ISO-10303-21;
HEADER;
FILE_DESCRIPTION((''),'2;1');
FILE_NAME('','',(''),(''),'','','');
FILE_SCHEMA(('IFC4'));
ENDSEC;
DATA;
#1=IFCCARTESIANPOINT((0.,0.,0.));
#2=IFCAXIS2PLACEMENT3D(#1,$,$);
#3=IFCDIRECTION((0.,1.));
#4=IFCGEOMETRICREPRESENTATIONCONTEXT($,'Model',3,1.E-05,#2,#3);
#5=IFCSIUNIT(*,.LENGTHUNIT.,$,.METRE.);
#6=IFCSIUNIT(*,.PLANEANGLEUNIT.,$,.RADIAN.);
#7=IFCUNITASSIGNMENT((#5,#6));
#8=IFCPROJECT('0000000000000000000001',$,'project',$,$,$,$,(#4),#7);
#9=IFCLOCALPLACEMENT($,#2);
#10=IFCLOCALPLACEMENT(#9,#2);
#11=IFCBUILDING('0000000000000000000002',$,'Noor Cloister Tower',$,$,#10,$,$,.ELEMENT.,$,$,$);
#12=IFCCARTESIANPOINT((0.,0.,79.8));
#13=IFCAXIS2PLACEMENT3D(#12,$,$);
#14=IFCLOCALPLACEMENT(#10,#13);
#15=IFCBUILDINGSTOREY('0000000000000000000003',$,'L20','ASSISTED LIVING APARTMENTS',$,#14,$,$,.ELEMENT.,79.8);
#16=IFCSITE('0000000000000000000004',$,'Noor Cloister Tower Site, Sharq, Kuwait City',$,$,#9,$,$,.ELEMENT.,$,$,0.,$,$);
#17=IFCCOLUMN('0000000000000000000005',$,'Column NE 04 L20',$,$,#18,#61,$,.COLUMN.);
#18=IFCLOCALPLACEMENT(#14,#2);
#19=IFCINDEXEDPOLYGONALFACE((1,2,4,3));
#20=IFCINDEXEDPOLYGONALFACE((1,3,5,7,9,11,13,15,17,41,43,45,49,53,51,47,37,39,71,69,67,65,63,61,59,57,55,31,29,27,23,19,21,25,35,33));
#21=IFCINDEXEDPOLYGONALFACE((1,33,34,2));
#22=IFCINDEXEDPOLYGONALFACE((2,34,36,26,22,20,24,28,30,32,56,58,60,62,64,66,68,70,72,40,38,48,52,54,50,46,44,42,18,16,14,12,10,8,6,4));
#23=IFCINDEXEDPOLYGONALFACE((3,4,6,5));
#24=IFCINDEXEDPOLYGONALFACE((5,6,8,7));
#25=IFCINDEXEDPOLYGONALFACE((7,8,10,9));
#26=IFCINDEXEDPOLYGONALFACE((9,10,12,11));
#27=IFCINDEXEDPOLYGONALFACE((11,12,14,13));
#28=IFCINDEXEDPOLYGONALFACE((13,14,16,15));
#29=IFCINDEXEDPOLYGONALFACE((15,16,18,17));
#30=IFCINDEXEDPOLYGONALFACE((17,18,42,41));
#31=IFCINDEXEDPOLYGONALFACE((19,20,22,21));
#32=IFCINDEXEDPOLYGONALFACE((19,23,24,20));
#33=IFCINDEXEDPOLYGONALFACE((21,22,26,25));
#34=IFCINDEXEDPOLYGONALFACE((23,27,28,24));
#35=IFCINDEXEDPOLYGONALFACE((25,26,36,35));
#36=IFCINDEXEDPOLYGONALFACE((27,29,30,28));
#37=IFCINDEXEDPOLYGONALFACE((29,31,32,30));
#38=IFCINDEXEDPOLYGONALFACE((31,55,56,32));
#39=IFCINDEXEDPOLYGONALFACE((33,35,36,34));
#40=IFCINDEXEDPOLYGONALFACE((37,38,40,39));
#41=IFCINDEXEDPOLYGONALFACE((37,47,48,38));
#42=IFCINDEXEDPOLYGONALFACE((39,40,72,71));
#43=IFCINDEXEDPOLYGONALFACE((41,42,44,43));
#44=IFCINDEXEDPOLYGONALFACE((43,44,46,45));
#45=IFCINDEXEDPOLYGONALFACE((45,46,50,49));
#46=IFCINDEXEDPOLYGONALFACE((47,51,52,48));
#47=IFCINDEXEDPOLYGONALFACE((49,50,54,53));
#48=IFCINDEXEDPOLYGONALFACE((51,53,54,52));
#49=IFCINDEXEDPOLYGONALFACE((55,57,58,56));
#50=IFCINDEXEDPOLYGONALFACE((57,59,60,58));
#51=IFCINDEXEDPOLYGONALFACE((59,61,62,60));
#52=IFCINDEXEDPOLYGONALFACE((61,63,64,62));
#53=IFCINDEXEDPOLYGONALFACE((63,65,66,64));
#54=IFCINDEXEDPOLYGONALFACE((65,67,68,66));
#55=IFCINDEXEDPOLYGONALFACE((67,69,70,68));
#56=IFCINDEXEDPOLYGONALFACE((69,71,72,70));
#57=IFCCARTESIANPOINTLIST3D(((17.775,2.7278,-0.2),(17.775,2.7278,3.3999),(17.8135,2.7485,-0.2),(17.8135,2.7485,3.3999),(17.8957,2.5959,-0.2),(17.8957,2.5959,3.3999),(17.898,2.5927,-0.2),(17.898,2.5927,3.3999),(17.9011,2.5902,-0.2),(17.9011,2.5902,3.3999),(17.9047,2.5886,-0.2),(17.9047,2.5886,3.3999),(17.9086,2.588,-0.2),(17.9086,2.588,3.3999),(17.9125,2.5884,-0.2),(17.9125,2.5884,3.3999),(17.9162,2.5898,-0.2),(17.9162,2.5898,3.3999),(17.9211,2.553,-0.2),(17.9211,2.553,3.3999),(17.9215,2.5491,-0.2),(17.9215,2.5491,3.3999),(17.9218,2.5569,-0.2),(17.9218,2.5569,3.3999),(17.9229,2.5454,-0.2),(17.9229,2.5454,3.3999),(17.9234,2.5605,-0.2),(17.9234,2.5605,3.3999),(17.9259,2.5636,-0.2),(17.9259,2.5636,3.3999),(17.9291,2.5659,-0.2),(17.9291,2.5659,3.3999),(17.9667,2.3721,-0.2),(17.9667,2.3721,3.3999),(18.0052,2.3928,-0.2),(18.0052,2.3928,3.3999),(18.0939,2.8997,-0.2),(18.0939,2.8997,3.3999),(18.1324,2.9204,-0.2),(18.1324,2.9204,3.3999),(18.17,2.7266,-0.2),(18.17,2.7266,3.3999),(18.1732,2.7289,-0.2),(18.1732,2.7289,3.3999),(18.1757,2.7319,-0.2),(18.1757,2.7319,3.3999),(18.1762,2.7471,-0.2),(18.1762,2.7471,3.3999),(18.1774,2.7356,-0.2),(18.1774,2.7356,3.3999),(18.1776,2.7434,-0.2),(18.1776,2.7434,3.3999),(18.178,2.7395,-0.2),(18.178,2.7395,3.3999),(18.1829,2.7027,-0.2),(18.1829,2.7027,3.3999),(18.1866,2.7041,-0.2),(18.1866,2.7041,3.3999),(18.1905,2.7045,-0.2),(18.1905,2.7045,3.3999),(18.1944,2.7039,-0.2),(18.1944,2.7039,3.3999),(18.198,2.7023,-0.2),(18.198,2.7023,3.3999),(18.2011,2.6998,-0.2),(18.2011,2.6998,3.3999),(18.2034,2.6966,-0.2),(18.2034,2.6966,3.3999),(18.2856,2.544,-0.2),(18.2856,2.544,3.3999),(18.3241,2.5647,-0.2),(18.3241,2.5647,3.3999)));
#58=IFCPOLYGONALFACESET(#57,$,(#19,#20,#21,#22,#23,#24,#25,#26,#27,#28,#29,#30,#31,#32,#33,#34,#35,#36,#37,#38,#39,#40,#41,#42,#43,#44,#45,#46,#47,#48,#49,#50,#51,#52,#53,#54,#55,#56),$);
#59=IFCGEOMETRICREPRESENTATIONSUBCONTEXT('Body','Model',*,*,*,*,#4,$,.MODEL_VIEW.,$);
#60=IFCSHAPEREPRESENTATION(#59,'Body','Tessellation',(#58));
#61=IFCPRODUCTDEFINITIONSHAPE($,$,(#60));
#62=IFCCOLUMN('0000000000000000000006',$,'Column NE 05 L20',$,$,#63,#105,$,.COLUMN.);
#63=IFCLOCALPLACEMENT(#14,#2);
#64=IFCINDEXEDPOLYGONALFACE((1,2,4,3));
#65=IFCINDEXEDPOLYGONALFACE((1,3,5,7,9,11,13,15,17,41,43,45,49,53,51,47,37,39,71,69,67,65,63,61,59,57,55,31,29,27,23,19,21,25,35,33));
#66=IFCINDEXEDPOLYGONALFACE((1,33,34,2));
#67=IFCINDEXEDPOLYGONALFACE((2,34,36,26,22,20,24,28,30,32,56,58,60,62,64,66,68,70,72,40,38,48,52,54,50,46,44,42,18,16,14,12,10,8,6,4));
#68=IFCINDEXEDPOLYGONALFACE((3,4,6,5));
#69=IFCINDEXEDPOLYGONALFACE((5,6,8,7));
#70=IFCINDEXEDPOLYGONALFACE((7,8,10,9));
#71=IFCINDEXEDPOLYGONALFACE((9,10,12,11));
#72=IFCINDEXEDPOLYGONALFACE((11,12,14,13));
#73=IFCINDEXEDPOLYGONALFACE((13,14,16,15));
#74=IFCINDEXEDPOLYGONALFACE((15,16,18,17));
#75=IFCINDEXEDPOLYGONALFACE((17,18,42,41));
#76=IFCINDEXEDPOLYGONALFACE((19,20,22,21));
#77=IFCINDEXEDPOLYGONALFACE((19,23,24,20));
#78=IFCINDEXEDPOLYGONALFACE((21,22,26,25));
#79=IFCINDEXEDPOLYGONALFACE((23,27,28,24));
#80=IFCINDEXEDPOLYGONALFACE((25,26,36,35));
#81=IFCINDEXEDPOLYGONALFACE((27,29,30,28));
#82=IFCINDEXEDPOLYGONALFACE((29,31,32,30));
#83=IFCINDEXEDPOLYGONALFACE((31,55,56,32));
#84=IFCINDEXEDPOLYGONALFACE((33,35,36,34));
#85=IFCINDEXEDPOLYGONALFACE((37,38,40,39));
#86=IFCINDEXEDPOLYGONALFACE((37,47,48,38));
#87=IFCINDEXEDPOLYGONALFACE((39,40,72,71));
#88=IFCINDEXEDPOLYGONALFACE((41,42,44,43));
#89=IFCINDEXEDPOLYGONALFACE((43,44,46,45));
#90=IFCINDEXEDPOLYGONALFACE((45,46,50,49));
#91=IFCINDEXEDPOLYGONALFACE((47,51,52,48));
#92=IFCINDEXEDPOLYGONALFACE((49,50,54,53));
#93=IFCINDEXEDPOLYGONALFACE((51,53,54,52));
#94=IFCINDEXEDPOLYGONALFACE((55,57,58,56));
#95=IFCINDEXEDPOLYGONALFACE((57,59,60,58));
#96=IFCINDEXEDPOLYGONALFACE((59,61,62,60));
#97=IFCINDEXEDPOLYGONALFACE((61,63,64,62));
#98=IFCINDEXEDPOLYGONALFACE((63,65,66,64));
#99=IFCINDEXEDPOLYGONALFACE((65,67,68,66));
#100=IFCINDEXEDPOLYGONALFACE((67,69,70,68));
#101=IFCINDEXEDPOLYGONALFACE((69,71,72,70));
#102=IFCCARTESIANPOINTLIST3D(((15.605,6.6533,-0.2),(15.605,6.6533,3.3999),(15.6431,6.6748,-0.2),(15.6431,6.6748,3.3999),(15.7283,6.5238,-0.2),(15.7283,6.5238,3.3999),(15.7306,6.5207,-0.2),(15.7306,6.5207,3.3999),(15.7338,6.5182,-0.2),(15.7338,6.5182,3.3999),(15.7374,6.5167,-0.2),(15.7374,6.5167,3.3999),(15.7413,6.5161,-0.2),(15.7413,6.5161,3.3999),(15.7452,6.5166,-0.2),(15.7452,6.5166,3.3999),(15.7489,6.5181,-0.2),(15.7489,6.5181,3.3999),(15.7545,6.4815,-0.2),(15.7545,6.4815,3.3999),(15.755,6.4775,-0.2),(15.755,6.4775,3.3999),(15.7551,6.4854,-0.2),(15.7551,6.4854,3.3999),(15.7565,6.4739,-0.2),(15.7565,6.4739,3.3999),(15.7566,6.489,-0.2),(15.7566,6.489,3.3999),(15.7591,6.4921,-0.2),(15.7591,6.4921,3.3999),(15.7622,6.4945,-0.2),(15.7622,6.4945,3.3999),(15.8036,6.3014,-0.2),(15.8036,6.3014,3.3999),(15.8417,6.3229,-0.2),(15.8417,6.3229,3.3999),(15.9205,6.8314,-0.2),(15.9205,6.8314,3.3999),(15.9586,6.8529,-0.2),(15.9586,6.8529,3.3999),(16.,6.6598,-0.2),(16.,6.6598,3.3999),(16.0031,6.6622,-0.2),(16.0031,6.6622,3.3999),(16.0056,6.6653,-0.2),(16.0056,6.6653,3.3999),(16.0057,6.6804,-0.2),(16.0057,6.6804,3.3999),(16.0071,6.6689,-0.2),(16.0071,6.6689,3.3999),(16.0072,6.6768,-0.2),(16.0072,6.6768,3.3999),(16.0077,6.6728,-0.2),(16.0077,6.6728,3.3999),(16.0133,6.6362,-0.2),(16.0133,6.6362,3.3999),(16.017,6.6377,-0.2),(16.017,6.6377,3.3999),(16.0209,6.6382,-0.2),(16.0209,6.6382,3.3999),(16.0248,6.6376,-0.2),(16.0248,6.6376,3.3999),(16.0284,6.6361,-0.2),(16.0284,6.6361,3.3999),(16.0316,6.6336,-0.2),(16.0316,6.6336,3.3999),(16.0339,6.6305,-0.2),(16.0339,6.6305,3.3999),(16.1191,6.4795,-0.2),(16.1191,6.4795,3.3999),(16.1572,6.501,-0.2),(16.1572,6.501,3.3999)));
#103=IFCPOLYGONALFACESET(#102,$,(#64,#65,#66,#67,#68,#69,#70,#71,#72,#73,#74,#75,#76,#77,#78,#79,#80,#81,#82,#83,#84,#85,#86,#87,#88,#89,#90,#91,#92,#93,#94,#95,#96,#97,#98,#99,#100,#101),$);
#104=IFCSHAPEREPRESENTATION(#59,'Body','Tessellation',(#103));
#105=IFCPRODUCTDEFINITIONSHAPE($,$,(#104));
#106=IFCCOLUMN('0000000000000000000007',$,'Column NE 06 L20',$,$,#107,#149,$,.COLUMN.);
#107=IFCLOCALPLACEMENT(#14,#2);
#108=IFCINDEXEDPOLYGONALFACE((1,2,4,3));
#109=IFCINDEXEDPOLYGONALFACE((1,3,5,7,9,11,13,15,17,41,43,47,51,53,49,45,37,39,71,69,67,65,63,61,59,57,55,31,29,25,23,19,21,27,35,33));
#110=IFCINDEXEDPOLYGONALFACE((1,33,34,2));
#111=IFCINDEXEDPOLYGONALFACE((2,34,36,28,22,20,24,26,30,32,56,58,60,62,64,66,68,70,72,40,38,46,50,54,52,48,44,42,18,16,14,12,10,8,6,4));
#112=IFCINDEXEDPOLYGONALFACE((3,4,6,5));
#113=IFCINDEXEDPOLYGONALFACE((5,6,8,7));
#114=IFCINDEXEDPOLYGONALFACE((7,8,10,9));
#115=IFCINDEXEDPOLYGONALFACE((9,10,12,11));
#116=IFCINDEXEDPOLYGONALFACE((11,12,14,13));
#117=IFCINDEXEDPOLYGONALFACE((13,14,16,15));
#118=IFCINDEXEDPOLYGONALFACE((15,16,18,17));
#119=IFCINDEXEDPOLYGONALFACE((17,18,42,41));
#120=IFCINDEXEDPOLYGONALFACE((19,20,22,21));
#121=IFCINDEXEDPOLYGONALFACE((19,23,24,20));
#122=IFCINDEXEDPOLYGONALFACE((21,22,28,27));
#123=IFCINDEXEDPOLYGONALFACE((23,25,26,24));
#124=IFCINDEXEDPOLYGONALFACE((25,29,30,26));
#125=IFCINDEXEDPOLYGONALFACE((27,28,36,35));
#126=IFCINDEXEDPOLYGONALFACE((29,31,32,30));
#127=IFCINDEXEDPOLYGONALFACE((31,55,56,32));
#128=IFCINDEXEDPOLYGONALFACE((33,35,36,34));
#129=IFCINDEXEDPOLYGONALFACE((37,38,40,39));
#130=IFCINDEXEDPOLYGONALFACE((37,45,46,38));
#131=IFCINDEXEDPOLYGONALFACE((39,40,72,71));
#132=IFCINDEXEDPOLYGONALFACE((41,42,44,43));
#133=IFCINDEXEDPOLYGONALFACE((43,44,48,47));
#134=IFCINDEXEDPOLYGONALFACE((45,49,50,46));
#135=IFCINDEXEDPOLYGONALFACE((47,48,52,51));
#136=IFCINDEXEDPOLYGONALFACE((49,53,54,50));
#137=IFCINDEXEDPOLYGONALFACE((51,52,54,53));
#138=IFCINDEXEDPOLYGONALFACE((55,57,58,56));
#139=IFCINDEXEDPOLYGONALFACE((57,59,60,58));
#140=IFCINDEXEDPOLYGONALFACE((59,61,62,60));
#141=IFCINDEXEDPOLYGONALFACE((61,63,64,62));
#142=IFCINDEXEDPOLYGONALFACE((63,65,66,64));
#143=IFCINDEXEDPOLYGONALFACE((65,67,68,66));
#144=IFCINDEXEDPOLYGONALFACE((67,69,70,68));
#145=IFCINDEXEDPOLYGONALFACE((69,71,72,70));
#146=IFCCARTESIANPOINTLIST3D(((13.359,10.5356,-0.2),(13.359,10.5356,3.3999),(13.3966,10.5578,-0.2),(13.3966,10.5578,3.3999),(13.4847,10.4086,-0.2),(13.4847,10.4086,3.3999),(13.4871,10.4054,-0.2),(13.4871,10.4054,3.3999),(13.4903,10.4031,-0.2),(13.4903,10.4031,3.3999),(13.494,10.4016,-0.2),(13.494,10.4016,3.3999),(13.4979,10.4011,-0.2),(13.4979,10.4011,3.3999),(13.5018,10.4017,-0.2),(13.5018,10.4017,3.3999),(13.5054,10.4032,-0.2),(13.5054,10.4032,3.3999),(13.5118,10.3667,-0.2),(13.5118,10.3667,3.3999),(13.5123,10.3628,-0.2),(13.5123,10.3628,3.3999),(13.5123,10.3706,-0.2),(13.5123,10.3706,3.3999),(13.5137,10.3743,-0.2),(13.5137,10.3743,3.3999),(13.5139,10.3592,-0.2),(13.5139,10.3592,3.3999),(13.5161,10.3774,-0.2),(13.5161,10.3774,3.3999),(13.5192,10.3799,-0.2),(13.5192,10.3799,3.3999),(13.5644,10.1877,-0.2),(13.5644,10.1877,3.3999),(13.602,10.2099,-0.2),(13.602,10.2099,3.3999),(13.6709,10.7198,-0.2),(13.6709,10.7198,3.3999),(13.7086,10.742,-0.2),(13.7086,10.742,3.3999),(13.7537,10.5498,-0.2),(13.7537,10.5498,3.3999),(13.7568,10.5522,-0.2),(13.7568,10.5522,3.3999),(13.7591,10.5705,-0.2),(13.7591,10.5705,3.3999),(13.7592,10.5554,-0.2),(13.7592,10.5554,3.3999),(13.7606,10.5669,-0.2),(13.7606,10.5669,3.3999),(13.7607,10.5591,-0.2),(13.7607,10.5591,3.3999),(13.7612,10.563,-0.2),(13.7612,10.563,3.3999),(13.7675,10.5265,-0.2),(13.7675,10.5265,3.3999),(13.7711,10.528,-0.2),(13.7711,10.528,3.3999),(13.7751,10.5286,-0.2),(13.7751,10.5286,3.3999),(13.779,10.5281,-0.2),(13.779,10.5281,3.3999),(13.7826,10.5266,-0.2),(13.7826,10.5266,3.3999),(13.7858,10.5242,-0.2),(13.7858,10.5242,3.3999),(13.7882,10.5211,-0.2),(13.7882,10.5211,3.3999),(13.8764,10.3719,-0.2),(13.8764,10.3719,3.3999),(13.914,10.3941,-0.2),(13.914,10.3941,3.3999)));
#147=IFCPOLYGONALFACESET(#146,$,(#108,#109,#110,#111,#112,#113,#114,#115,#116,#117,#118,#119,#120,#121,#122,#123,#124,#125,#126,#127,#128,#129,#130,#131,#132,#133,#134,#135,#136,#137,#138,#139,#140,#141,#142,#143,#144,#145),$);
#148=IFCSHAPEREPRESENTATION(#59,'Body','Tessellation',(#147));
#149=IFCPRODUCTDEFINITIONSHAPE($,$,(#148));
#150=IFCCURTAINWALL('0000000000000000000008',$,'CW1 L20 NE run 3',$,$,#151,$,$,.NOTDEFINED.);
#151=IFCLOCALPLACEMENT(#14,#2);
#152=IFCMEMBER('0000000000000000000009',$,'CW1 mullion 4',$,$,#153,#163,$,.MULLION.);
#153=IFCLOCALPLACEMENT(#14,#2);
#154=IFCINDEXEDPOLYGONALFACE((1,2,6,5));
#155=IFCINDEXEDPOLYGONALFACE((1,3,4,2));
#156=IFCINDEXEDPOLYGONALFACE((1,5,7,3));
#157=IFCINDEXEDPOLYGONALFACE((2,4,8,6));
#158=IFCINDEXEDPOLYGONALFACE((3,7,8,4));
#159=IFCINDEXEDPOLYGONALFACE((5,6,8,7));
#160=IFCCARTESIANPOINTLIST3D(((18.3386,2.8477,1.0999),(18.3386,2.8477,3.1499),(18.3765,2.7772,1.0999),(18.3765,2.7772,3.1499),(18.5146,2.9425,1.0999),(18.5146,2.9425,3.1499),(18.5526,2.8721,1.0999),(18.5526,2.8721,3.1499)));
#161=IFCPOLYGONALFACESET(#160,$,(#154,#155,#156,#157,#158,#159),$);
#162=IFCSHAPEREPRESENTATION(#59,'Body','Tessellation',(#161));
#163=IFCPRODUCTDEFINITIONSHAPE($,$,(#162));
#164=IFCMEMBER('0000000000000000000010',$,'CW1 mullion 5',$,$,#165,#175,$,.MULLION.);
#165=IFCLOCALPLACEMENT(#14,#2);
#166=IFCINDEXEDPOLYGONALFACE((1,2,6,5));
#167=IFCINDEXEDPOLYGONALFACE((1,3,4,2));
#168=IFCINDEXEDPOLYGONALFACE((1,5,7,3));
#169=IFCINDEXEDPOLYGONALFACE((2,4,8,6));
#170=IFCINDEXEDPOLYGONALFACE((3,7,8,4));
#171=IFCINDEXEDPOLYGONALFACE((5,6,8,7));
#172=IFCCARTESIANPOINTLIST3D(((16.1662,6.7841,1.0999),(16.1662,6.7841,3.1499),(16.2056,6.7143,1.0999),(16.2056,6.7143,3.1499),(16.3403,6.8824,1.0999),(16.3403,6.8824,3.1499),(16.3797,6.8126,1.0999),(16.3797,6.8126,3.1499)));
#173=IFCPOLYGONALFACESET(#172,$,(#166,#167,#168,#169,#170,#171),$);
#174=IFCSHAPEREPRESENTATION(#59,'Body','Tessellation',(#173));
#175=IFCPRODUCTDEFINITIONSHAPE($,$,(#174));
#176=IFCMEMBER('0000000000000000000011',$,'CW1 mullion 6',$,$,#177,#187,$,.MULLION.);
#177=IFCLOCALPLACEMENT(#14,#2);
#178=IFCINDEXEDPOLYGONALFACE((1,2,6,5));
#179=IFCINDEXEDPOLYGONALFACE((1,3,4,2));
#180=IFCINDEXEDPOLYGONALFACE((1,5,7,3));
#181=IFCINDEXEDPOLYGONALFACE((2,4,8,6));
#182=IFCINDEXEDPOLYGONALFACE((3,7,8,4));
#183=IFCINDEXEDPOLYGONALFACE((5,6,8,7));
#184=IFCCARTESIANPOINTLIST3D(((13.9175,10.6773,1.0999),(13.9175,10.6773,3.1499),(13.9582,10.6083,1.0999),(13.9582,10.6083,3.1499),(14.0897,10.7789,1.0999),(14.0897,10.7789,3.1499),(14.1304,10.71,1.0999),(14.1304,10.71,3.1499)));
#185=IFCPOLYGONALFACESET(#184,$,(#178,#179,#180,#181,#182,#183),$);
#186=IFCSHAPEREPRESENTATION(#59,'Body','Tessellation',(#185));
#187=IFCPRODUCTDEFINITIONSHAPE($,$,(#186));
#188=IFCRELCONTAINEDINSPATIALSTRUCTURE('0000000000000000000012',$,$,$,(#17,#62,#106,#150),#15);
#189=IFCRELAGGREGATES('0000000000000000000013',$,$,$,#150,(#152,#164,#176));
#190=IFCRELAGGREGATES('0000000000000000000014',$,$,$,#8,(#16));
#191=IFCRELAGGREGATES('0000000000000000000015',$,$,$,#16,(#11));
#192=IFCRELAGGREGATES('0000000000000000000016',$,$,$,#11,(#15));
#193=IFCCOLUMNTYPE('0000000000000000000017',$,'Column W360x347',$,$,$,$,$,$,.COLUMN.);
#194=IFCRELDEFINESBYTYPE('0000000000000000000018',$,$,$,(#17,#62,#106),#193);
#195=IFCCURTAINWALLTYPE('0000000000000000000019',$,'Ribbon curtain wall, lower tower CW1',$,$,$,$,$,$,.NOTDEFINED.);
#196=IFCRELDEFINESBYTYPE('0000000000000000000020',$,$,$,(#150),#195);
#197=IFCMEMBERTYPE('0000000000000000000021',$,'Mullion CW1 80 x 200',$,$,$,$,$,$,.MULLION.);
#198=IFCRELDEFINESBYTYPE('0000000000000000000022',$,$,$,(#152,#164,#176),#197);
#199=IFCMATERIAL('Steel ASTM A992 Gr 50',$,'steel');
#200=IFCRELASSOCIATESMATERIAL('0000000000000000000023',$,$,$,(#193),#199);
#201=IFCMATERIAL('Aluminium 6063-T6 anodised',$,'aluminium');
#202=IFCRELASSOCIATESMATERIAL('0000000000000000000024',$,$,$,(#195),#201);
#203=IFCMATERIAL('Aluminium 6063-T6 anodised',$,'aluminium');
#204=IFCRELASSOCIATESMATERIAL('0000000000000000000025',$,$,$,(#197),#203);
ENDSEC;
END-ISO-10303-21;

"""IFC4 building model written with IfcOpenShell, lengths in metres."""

from ifc_helpers import new_model, si_unit, direction, frame, origin, origin_2d, place, context, subcontext, project, spatial, rectangle, i_section, extrude, material, material_profile, profile_set, type_object, element, aggregate, save


model = new_model("IFC4")

# Units and contexts
model_context = context("Model", 3, precision=1e-05, world=origin(), true_north=direction((0.0, 1.0)))
body_context = subcontext(model_context, "Body", "Model", "MODEL_VIEW")
ifc_project = project(units=[si_unit("LENGTHUNIT", "METRE"), si_unit("PLANEANGLEUNIT", "RADIAN")], contexts=[model_context])

# Site, building, storey
site_placement = place(None, origin())
site = spatial("IfcSite", under=ifc_project, at=site_placement, Name="Noor Cloister Tower Site, Sharq, Kuwait City", CompositionType="ELEMENT", RefElevation=0.0)
building_placement = place(site_placement, origin())
building = spatial("IfcBuilding", under=site, at=building_placement, Name="Noor Cloister Tower", CompositionType="ELEMENT")
storey_placement = place(building_placement, frame((0.0, 0.0, 79.8)))
storey = spatial("IfcBuildingStorey", under=building, at=storey_placement, Name="L20", Description="ASSISTED LIVING APARTMENTS", CompositionType="ELEMENT", Elevation=79.8)

# Columns
ifc_material_1 = material(Name="Steel ASTM A992 Gr 50", Category="steel")
ifc_material_profile_1 = material_profile(ifc_material_1, i_section(OverallWidth=0.4041, OverallDepth=0.406, WebThickness=0.0271, FlangeThickness=0.0437, FilletRadius=0.0151, at=origin_2d()), Name="W360x347")
ifc_profile_set_1 = profile_set([ifc_material_profile_1], Name="Steel ASTM A992 Gr 50")
column_type = type_object("IfcColumnType", Name="Column W360x347", PredefinedType="COLUMN", material=ifc_profile_set_1)
for number, where, z_axis, x_axis, name in (
    (1, (18.0496, 2.6462, -0.2), (0.0, 0.0, 1.0), (-0.474485, 0.880264, 0.0), "Column NE 04 L20"),
    (2, (15.8811, 6.5771, -0.2), (0.0, 0.0, 1.0), (-0.491541, 0.870854, 0.0), "Column NE 05 L20"),
    (3, (13.6365, 10.4648, -0.2), (0.0, 0.0, 1.0), (-0.508411, 0.861114, 0.0), "Column NE 06 L20"),
):
    element("IfcColumn", number, at=place(storey_placement, frame(where, z_axis=z_axis, x_axis=x_axis)), inside=storey, type_object=column_type, Name=name, PredefinedType="COLUMN", context=body_context, shape_type="SweptSolid", body=[
        extrude(i_section(OverallWidth=0.4041, OverallDepth=0.406, WebThickness=0.0271, FlangeThickness=0.0437, FilletRadius=0.0151, at=origin_2d()), origin(), (0.0, 0.0, 1.0), 3.5999),
    ])

# Curtain wall, members
ifc_material_2 = material(Name="Aluminium 6063-T6 anodised", Category="aluminium")
curtain_wall_type = type_object("IfcCurtainWallType", Name="Ribbon curtain wall, lower tower CW1", PredefinedType="NOTDEFINED", material=ifc_material_2)
curtain_wall_placement = place(storey_placement, origin())
curtain_wall = element("IfcCurtainWall", 4, at=curtain_wall_placement, inside=storey, type_object=curtain_wall_type, Name="CW1 L20 NE run 3", PredefinedType="NOTDEFINED")
ifc_material_3 = material(Name="Aluminium 6063-T6 anodised", Category="aluminium")
ifc_material_profile_2 = material_profile(ifc_material_3, rectangle(XDim=0.2, YDim=0.0801, at=origin_2d()), Name="200 x 80 mullion")
ifc_profile_set_2 = profile_set([ifc_material_profile_2], Name="Aluminium 6063-T6 anodised")
member_type = type_object("IfcMemberType", Name="Mullion CW1 80 x 200", PredefinedType="MULLION", material=ifc_profile_set_2)
member_1_placement = place(storey_placement, frame((18.4456, 2.8599, 1.0999), z_axis=(0.0, 0.0, 1.0), x_axis=(-0.880264, -0.474485, 0.0)))
member_1 = element("IfcMember", 5, at=member_1_placement, type_object=member_type, Name="CW1 mullion 4", PredefinedType="MULLION", context=body_context, shape_type="SweptSolid", body=[
    extrude(rectangle(XDim=0.2, YDim=0.0801, at=origin_2d()), origin(), (0.0, 0.0, 1.0), 2.05),
])
member_2_placement = place(storey_placement, frame((16.2729, 6.7983, 1.0999), z_axis=(0.0, 0.0, 1.0), x_axis=(-0.870854, -0.491541, 0.0)))
member_2 = element("IfcMember", 6, at=member_2_placement, type_object=member_type, Name="CW1 mullion 5", PredefinedType="MULLION", context=body_context, shape_type="SweptSolid", body=[
    extrude(rectangle(XDim=0.2, YDim=0.0801, at=origin_2d()), origin(), (0.0, 0.0, 1.0), 2.05),
])
member_3_placement = place(storey_placement, frame((14.0239, 10.6936, 1.0999), z_axis=(0.0, 0.0, 1.0), x_axis=(-0.861114, -0.508411, 0.0)))
member_3 = element("IfcMember", 7, at=member_3_placement, type_object=member_type, Name="CW1 mullion 6", PredefinedType="MULLION", context=body_context, shape_type="SweptSolid", body=[
    extrude(rectangle(XDim=0.2, YDim=0.0801, at=origin_2d()), origin(), (0.0, 0.0, 1.0), 2.05),
])

aggregate(curtain_wall, [member_1, member_2, member_3])

save(model, "model.ifc")
